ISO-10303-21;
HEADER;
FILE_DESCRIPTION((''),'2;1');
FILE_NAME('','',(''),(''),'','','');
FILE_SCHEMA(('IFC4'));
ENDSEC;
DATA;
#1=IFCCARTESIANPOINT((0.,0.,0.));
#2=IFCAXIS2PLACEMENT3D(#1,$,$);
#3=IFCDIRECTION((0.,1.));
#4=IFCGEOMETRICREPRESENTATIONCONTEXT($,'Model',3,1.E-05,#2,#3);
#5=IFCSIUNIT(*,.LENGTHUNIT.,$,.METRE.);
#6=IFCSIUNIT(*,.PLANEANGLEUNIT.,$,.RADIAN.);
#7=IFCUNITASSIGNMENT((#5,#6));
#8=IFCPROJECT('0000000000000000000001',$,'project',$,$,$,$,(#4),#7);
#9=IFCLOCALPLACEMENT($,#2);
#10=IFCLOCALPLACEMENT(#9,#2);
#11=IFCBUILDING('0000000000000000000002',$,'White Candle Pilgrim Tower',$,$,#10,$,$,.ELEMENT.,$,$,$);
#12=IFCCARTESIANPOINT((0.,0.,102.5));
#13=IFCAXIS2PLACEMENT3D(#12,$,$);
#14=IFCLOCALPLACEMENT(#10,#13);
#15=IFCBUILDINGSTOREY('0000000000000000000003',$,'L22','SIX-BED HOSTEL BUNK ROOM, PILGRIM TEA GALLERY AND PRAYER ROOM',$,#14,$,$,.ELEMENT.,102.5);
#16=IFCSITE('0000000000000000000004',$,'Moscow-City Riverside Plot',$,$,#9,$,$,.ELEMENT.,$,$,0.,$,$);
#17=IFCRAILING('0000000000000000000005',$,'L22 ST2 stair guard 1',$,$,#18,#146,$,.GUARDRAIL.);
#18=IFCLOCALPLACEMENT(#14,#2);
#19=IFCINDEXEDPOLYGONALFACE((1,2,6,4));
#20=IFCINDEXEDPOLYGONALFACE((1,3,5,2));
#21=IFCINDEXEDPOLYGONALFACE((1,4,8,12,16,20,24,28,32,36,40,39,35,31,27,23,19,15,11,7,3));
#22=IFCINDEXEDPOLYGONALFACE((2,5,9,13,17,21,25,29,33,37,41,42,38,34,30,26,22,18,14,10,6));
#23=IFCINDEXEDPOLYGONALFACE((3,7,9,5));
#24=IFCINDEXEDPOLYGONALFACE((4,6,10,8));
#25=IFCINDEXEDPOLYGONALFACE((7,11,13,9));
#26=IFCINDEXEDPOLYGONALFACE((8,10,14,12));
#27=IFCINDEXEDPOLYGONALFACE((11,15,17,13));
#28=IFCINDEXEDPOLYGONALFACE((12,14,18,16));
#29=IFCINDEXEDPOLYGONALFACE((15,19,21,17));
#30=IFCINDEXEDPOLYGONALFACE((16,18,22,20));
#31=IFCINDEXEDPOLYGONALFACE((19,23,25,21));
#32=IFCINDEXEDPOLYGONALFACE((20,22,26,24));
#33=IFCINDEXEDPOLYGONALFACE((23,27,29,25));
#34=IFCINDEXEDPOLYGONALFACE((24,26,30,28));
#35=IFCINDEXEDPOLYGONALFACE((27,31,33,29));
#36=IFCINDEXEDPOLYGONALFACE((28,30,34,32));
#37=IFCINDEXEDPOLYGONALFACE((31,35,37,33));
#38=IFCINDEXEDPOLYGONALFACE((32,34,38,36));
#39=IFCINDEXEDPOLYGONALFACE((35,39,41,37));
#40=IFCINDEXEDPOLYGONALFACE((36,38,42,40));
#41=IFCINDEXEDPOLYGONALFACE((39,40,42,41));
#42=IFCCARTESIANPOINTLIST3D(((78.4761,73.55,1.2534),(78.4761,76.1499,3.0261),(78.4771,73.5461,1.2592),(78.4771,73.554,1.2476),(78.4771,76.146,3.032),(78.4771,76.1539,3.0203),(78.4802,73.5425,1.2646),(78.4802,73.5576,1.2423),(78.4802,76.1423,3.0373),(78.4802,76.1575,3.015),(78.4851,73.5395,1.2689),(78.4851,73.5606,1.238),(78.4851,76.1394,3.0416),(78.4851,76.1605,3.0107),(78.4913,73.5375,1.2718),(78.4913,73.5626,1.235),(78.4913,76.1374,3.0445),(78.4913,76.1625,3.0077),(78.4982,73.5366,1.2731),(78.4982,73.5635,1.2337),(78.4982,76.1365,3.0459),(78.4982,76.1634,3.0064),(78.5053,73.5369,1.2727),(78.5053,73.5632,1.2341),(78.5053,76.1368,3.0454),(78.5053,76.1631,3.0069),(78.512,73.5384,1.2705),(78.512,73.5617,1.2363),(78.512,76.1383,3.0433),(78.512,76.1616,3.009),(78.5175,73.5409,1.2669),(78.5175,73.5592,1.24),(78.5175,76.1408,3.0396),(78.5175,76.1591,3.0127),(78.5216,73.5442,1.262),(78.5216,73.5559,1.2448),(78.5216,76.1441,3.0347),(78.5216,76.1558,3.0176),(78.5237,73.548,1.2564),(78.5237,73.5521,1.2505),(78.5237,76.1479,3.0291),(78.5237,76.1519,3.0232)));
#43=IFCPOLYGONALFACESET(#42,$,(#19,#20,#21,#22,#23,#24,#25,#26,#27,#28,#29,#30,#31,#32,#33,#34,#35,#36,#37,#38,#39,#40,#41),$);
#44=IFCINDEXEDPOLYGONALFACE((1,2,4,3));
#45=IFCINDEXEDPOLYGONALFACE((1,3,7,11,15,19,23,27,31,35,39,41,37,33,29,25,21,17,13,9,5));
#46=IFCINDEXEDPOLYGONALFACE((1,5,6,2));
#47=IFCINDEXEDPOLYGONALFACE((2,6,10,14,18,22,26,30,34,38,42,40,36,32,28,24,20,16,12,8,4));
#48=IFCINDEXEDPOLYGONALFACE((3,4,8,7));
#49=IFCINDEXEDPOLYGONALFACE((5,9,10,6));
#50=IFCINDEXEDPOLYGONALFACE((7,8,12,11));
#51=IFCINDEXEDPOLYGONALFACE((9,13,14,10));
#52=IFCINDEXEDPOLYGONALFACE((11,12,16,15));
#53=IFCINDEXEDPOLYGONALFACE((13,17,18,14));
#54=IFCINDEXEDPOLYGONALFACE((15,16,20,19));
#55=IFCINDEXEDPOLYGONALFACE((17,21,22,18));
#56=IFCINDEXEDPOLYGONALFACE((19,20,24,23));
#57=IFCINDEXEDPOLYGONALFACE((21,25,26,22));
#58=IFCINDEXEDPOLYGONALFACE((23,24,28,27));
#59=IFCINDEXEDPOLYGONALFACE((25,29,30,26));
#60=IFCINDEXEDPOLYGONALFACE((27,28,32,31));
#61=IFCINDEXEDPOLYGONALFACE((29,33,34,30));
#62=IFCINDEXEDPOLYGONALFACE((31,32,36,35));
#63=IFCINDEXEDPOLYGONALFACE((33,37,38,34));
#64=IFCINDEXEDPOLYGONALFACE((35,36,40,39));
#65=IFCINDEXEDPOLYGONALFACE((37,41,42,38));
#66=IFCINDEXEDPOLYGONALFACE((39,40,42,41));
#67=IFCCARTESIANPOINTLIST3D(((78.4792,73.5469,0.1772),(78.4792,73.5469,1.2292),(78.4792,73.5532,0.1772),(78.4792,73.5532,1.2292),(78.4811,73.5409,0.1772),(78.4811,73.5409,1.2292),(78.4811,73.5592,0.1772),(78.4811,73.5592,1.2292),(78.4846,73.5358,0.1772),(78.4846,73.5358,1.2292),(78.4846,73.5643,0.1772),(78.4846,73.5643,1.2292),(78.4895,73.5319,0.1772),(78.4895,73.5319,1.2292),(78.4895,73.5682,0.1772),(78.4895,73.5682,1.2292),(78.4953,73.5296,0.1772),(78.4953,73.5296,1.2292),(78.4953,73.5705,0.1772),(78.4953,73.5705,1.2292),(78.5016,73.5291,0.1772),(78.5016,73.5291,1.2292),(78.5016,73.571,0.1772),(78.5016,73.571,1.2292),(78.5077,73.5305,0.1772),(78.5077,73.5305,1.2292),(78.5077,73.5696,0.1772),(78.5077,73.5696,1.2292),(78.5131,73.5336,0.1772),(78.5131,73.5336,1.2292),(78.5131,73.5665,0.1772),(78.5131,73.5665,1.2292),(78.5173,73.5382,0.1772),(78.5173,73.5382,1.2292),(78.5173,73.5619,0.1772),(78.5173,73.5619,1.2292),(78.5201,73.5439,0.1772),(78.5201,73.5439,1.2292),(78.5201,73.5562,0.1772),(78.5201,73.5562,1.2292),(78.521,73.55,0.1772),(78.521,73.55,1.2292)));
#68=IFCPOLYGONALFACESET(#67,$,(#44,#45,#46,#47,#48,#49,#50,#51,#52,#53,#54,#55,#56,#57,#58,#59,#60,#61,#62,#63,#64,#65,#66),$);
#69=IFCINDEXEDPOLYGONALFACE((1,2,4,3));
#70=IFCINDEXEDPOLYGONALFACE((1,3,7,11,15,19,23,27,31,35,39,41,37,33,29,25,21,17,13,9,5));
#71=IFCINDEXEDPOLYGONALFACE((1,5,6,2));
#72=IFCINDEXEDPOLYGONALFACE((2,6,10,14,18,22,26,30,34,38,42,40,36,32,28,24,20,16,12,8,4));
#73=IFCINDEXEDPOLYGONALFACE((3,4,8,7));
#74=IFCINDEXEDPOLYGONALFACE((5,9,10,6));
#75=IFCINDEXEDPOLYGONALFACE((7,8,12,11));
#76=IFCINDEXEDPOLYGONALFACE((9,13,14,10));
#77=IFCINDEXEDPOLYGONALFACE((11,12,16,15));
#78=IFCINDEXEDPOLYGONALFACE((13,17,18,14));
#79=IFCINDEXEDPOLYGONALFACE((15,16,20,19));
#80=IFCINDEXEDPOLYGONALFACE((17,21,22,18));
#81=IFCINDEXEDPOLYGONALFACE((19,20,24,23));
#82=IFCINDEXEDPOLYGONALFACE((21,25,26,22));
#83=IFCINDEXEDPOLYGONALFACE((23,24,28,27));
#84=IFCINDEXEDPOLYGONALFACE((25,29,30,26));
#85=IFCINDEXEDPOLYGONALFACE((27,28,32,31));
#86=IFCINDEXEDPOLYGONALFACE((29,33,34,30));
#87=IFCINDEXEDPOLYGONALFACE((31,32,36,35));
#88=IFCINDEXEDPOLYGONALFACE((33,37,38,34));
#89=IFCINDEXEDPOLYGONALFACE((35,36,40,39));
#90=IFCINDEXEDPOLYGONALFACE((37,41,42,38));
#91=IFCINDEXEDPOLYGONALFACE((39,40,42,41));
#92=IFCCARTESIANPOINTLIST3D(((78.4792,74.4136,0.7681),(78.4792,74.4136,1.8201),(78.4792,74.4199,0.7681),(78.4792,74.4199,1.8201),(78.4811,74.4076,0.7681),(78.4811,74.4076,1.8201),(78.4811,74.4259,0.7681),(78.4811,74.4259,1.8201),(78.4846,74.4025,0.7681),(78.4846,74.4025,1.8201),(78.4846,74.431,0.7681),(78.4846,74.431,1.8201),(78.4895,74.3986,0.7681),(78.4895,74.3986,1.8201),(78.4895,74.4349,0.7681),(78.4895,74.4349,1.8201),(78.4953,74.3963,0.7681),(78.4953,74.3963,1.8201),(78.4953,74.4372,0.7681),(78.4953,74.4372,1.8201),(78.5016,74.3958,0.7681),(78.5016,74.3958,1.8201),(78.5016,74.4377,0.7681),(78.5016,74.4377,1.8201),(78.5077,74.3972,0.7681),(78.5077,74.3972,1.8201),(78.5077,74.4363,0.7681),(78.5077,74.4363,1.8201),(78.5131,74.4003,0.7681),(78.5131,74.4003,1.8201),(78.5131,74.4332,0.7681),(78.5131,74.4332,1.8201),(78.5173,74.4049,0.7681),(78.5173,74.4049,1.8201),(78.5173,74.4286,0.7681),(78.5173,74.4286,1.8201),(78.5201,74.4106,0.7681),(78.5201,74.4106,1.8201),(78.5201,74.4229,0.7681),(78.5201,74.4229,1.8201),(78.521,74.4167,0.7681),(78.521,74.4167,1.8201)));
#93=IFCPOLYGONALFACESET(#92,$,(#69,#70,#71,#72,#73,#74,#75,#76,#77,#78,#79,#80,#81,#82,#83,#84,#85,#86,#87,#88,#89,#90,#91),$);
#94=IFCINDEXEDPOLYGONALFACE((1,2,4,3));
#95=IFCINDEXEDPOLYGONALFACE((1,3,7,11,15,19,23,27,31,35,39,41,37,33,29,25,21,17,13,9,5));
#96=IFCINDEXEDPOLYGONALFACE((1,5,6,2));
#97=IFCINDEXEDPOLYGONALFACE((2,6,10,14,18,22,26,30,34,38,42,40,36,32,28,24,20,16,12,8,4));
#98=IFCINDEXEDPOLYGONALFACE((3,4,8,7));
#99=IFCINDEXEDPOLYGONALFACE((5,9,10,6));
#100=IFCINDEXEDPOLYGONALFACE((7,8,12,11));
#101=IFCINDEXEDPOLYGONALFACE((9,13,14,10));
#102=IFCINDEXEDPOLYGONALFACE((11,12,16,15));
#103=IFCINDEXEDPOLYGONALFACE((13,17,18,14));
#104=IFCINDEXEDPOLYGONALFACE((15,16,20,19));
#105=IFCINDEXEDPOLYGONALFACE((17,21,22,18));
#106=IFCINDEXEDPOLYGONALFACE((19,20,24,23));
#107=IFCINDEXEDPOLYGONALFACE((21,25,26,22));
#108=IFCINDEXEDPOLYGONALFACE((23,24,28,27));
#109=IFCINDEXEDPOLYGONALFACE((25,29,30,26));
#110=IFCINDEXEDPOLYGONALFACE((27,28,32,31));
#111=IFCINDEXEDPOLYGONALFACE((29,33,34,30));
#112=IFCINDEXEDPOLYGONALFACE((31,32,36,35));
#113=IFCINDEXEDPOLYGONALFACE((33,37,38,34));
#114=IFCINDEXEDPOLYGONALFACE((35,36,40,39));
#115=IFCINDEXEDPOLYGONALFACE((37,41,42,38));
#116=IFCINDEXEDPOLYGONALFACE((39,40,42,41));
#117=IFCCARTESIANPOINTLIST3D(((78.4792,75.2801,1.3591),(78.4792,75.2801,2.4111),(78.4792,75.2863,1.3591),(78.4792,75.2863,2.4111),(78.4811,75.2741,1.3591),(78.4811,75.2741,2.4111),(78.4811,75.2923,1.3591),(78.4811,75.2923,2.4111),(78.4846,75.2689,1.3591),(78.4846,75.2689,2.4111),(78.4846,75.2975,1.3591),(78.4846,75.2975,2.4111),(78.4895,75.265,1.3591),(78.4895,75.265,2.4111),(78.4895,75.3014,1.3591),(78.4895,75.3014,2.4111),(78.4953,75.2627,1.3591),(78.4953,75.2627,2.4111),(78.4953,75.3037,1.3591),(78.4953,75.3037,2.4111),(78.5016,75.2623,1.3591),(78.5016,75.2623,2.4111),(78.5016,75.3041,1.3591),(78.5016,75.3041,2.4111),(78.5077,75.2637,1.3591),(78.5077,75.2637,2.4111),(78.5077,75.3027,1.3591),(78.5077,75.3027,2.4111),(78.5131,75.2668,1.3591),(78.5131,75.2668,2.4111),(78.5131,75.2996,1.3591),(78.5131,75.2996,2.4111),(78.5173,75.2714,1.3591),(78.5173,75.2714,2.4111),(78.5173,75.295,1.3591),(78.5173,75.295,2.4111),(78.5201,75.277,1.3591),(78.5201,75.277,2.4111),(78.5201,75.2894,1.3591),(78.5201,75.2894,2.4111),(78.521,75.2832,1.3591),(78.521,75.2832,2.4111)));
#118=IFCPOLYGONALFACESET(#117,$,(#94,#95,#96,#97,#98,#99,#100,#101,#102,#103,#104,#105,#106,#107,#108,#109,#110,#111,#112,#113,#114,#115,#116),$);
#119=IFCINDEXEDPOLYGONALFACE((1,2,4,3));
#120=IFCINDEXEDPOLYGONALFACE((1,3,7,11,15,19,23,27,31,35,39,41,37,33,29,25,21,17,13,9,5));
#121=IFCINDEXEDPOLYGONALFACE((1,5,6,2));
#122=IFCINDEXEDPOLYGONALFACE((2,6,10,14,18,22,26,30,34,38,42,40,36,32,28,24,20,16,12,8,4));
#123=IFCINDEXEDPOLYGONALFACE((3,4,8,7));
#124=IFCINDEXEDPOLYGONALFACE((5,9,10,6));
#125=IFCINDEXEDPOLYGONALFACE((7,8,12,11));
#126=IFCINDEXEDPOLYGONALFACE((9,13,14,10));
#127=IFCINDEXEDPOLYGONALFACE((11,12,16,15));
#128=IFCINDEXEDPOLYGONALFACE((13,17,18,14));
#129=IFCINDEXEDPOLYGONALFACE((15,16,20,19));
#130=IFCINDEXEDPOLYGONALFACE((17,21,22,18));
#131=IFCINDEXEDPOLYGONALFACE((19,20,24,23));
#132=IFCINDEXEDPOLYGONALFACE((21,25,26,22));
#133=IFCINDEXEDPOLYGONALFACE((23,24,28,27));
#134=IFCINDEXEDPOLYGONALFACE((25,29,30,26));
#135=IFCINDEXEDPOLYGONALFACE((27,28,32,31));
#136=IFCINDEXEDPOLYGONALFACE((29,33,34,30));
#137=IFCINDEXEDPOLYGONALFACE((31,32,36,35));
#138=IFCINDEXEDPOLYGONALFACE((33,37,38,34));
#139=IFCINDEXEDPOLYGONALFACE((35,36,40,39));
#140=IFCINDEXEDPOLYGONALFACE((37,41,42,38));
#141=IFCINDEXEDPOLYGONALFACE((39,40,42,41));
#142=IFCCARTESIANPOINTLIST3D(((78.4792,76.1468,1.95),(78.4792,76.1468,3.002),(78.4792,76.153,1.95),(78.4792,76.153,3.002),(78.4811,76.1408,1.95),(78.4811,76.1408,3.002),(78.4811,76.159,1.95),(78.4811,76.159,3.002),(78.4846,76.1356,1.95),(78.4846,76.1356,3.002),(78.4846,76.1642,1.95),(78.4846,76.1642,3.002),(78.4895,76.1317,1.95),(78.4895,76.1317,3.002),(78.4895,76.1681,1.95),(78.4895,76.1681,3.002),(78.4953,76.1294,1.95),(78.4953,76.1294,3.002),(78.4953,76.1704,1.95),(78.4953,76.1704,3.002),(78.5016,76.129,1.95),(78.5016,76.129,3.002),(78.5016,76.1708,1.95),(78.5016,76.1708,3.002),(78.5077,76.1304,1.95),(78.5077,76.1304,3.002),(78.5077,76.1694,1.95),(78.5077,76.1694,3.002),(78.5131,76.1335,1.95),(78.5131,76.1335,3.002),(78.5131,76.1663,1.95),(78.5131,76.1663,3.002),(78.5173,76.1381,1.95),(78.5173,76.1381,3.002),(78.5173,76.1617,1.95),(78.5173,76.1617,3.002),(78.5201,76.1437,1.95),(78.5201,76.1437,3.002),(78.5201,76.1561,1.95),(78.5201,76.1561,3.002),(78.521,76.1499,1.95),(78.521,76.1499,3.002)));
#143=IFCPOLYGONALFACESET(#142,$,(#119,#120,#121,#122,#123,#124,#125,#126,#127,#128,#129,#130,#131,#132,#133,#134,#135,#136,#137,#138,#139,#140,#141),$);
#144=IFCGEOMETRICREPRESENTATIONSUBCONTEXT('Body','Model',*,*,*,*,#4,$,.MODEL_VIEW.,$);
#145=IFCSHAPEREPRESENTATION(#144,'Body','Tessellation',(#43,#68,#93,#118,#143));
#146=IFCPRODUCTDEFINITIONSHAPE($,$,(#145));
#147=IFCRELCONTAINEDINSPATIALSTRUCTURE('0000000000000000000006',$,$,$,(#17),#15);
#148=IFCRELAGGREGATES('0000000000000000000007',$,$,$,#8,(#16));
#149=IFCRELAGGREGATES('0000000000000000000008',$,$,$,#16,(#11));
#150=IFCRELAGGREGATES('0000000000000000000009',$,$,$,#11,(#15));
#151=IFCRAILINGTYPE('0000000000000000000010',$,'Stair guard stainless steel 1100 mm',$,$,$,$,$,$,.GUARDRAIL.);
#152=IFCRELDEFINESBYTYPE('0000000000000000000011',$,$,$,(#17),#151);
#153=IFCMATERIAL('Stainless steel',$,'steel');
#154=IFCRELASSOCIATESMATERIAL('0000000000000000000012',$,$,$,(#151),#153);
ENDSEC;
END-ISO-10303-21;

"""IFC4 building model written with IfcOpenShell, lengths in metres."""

from ifc_helpers import new_model, si_unit, direction, frame, origin, origin_2d, place, context, subcontext, project, spatial, circle, extrude, material, type_object, element, save


model = new_model("IFC4")

# Units and contexts
model_context = context("Model", 3, precision=1e-05, world=origin(), true_north=direction((0.0, 1.0)))
body_context = subcontext(model_context, "Body", "Model", "MODEL_VIEW")
ifc_project = project(units=[si_unit("LENGTHUNIT", "METRE"), si_unit("PLANEANGLEUNIT", "RADIAN")], contexts=[model_context])

# Site, building, storey
site_placement = place(None, origin())
site = spatial("IfcSite", under=ifc_project, at=site_placement, Name="Moscow-City Riverside Plot", CompositionType="ELEMENT", RefElevation=0.0)
building_placement = place(site_placement, origin())
building = spatial("IfcBuilding", under=site, at=building_placement, Name="White Candle Pilgrim Tower", CompositionType="ELEMENT")
storey_placement = place(building_placement, frame((0.0, 0.0, 102.5)))
storey = spatial("IfcBuildingStorey", under=building, at=storey_placement, Name="L22", Description="SIX-BED HOSTEL BUNK ROOM, PILGRIM TEA GALLERY AND PRAYER ROOM", CompositionType="ELEMENT", Elevation=102.5)

# Railing
ifc_material_1 = material(Name="Stainless steel", Category="steel")
railing_type_1 = type_object("IfcRailingType", Name="Stair guard stainless steel 1100 mm", PredefinedType="GUARDRAIL", material=ifc_material_1)
railing_1_placement = place(storey_placement, frame((78.5, 73.55, 0.1772)))
element("IfcRailing", 1, at=railing_1_placement, inside=storey, type_object=railing_type_1, Name="L22 ST2 stair guard 1", PredefinedType="GUARDRAIL", context=body_context, shape_type="SweptSolid", body=[
    extrude(circle(Radius=0.0239, at=origin_2d()), frame((0.0, 0.0, 1.0762), z_axis=(0.0, 0.826216, 0.563354), x_axis=(-1.0, 0.0, 0.0)), (0.0, 0.0, 1.0), 3.1467),
    extrude(circle(Radius=0.021, at=origin_2d()), origin(), (0.0, 0.0, 1.0), 1.052),
    extrude(circle(Radius=0.021, at=origin_2d()), frame((0.0, 0.8667, 0.5908)), (0.0, 0.0, 1.0), 1.052),
    extrude(circle(Radius=0.021, at=origin_2d()), frame((0.0, 1.7332, 1.1819)), (0.0, 0.0, 1.0), 1.052),
    extrude(circle(Radius=0.021, at=origin_2d()), frame((0.0, 2.5999, 1.7727)), (0.0, 0.0, 1.0), 1.052),
])

save(model, "model.ifc")
